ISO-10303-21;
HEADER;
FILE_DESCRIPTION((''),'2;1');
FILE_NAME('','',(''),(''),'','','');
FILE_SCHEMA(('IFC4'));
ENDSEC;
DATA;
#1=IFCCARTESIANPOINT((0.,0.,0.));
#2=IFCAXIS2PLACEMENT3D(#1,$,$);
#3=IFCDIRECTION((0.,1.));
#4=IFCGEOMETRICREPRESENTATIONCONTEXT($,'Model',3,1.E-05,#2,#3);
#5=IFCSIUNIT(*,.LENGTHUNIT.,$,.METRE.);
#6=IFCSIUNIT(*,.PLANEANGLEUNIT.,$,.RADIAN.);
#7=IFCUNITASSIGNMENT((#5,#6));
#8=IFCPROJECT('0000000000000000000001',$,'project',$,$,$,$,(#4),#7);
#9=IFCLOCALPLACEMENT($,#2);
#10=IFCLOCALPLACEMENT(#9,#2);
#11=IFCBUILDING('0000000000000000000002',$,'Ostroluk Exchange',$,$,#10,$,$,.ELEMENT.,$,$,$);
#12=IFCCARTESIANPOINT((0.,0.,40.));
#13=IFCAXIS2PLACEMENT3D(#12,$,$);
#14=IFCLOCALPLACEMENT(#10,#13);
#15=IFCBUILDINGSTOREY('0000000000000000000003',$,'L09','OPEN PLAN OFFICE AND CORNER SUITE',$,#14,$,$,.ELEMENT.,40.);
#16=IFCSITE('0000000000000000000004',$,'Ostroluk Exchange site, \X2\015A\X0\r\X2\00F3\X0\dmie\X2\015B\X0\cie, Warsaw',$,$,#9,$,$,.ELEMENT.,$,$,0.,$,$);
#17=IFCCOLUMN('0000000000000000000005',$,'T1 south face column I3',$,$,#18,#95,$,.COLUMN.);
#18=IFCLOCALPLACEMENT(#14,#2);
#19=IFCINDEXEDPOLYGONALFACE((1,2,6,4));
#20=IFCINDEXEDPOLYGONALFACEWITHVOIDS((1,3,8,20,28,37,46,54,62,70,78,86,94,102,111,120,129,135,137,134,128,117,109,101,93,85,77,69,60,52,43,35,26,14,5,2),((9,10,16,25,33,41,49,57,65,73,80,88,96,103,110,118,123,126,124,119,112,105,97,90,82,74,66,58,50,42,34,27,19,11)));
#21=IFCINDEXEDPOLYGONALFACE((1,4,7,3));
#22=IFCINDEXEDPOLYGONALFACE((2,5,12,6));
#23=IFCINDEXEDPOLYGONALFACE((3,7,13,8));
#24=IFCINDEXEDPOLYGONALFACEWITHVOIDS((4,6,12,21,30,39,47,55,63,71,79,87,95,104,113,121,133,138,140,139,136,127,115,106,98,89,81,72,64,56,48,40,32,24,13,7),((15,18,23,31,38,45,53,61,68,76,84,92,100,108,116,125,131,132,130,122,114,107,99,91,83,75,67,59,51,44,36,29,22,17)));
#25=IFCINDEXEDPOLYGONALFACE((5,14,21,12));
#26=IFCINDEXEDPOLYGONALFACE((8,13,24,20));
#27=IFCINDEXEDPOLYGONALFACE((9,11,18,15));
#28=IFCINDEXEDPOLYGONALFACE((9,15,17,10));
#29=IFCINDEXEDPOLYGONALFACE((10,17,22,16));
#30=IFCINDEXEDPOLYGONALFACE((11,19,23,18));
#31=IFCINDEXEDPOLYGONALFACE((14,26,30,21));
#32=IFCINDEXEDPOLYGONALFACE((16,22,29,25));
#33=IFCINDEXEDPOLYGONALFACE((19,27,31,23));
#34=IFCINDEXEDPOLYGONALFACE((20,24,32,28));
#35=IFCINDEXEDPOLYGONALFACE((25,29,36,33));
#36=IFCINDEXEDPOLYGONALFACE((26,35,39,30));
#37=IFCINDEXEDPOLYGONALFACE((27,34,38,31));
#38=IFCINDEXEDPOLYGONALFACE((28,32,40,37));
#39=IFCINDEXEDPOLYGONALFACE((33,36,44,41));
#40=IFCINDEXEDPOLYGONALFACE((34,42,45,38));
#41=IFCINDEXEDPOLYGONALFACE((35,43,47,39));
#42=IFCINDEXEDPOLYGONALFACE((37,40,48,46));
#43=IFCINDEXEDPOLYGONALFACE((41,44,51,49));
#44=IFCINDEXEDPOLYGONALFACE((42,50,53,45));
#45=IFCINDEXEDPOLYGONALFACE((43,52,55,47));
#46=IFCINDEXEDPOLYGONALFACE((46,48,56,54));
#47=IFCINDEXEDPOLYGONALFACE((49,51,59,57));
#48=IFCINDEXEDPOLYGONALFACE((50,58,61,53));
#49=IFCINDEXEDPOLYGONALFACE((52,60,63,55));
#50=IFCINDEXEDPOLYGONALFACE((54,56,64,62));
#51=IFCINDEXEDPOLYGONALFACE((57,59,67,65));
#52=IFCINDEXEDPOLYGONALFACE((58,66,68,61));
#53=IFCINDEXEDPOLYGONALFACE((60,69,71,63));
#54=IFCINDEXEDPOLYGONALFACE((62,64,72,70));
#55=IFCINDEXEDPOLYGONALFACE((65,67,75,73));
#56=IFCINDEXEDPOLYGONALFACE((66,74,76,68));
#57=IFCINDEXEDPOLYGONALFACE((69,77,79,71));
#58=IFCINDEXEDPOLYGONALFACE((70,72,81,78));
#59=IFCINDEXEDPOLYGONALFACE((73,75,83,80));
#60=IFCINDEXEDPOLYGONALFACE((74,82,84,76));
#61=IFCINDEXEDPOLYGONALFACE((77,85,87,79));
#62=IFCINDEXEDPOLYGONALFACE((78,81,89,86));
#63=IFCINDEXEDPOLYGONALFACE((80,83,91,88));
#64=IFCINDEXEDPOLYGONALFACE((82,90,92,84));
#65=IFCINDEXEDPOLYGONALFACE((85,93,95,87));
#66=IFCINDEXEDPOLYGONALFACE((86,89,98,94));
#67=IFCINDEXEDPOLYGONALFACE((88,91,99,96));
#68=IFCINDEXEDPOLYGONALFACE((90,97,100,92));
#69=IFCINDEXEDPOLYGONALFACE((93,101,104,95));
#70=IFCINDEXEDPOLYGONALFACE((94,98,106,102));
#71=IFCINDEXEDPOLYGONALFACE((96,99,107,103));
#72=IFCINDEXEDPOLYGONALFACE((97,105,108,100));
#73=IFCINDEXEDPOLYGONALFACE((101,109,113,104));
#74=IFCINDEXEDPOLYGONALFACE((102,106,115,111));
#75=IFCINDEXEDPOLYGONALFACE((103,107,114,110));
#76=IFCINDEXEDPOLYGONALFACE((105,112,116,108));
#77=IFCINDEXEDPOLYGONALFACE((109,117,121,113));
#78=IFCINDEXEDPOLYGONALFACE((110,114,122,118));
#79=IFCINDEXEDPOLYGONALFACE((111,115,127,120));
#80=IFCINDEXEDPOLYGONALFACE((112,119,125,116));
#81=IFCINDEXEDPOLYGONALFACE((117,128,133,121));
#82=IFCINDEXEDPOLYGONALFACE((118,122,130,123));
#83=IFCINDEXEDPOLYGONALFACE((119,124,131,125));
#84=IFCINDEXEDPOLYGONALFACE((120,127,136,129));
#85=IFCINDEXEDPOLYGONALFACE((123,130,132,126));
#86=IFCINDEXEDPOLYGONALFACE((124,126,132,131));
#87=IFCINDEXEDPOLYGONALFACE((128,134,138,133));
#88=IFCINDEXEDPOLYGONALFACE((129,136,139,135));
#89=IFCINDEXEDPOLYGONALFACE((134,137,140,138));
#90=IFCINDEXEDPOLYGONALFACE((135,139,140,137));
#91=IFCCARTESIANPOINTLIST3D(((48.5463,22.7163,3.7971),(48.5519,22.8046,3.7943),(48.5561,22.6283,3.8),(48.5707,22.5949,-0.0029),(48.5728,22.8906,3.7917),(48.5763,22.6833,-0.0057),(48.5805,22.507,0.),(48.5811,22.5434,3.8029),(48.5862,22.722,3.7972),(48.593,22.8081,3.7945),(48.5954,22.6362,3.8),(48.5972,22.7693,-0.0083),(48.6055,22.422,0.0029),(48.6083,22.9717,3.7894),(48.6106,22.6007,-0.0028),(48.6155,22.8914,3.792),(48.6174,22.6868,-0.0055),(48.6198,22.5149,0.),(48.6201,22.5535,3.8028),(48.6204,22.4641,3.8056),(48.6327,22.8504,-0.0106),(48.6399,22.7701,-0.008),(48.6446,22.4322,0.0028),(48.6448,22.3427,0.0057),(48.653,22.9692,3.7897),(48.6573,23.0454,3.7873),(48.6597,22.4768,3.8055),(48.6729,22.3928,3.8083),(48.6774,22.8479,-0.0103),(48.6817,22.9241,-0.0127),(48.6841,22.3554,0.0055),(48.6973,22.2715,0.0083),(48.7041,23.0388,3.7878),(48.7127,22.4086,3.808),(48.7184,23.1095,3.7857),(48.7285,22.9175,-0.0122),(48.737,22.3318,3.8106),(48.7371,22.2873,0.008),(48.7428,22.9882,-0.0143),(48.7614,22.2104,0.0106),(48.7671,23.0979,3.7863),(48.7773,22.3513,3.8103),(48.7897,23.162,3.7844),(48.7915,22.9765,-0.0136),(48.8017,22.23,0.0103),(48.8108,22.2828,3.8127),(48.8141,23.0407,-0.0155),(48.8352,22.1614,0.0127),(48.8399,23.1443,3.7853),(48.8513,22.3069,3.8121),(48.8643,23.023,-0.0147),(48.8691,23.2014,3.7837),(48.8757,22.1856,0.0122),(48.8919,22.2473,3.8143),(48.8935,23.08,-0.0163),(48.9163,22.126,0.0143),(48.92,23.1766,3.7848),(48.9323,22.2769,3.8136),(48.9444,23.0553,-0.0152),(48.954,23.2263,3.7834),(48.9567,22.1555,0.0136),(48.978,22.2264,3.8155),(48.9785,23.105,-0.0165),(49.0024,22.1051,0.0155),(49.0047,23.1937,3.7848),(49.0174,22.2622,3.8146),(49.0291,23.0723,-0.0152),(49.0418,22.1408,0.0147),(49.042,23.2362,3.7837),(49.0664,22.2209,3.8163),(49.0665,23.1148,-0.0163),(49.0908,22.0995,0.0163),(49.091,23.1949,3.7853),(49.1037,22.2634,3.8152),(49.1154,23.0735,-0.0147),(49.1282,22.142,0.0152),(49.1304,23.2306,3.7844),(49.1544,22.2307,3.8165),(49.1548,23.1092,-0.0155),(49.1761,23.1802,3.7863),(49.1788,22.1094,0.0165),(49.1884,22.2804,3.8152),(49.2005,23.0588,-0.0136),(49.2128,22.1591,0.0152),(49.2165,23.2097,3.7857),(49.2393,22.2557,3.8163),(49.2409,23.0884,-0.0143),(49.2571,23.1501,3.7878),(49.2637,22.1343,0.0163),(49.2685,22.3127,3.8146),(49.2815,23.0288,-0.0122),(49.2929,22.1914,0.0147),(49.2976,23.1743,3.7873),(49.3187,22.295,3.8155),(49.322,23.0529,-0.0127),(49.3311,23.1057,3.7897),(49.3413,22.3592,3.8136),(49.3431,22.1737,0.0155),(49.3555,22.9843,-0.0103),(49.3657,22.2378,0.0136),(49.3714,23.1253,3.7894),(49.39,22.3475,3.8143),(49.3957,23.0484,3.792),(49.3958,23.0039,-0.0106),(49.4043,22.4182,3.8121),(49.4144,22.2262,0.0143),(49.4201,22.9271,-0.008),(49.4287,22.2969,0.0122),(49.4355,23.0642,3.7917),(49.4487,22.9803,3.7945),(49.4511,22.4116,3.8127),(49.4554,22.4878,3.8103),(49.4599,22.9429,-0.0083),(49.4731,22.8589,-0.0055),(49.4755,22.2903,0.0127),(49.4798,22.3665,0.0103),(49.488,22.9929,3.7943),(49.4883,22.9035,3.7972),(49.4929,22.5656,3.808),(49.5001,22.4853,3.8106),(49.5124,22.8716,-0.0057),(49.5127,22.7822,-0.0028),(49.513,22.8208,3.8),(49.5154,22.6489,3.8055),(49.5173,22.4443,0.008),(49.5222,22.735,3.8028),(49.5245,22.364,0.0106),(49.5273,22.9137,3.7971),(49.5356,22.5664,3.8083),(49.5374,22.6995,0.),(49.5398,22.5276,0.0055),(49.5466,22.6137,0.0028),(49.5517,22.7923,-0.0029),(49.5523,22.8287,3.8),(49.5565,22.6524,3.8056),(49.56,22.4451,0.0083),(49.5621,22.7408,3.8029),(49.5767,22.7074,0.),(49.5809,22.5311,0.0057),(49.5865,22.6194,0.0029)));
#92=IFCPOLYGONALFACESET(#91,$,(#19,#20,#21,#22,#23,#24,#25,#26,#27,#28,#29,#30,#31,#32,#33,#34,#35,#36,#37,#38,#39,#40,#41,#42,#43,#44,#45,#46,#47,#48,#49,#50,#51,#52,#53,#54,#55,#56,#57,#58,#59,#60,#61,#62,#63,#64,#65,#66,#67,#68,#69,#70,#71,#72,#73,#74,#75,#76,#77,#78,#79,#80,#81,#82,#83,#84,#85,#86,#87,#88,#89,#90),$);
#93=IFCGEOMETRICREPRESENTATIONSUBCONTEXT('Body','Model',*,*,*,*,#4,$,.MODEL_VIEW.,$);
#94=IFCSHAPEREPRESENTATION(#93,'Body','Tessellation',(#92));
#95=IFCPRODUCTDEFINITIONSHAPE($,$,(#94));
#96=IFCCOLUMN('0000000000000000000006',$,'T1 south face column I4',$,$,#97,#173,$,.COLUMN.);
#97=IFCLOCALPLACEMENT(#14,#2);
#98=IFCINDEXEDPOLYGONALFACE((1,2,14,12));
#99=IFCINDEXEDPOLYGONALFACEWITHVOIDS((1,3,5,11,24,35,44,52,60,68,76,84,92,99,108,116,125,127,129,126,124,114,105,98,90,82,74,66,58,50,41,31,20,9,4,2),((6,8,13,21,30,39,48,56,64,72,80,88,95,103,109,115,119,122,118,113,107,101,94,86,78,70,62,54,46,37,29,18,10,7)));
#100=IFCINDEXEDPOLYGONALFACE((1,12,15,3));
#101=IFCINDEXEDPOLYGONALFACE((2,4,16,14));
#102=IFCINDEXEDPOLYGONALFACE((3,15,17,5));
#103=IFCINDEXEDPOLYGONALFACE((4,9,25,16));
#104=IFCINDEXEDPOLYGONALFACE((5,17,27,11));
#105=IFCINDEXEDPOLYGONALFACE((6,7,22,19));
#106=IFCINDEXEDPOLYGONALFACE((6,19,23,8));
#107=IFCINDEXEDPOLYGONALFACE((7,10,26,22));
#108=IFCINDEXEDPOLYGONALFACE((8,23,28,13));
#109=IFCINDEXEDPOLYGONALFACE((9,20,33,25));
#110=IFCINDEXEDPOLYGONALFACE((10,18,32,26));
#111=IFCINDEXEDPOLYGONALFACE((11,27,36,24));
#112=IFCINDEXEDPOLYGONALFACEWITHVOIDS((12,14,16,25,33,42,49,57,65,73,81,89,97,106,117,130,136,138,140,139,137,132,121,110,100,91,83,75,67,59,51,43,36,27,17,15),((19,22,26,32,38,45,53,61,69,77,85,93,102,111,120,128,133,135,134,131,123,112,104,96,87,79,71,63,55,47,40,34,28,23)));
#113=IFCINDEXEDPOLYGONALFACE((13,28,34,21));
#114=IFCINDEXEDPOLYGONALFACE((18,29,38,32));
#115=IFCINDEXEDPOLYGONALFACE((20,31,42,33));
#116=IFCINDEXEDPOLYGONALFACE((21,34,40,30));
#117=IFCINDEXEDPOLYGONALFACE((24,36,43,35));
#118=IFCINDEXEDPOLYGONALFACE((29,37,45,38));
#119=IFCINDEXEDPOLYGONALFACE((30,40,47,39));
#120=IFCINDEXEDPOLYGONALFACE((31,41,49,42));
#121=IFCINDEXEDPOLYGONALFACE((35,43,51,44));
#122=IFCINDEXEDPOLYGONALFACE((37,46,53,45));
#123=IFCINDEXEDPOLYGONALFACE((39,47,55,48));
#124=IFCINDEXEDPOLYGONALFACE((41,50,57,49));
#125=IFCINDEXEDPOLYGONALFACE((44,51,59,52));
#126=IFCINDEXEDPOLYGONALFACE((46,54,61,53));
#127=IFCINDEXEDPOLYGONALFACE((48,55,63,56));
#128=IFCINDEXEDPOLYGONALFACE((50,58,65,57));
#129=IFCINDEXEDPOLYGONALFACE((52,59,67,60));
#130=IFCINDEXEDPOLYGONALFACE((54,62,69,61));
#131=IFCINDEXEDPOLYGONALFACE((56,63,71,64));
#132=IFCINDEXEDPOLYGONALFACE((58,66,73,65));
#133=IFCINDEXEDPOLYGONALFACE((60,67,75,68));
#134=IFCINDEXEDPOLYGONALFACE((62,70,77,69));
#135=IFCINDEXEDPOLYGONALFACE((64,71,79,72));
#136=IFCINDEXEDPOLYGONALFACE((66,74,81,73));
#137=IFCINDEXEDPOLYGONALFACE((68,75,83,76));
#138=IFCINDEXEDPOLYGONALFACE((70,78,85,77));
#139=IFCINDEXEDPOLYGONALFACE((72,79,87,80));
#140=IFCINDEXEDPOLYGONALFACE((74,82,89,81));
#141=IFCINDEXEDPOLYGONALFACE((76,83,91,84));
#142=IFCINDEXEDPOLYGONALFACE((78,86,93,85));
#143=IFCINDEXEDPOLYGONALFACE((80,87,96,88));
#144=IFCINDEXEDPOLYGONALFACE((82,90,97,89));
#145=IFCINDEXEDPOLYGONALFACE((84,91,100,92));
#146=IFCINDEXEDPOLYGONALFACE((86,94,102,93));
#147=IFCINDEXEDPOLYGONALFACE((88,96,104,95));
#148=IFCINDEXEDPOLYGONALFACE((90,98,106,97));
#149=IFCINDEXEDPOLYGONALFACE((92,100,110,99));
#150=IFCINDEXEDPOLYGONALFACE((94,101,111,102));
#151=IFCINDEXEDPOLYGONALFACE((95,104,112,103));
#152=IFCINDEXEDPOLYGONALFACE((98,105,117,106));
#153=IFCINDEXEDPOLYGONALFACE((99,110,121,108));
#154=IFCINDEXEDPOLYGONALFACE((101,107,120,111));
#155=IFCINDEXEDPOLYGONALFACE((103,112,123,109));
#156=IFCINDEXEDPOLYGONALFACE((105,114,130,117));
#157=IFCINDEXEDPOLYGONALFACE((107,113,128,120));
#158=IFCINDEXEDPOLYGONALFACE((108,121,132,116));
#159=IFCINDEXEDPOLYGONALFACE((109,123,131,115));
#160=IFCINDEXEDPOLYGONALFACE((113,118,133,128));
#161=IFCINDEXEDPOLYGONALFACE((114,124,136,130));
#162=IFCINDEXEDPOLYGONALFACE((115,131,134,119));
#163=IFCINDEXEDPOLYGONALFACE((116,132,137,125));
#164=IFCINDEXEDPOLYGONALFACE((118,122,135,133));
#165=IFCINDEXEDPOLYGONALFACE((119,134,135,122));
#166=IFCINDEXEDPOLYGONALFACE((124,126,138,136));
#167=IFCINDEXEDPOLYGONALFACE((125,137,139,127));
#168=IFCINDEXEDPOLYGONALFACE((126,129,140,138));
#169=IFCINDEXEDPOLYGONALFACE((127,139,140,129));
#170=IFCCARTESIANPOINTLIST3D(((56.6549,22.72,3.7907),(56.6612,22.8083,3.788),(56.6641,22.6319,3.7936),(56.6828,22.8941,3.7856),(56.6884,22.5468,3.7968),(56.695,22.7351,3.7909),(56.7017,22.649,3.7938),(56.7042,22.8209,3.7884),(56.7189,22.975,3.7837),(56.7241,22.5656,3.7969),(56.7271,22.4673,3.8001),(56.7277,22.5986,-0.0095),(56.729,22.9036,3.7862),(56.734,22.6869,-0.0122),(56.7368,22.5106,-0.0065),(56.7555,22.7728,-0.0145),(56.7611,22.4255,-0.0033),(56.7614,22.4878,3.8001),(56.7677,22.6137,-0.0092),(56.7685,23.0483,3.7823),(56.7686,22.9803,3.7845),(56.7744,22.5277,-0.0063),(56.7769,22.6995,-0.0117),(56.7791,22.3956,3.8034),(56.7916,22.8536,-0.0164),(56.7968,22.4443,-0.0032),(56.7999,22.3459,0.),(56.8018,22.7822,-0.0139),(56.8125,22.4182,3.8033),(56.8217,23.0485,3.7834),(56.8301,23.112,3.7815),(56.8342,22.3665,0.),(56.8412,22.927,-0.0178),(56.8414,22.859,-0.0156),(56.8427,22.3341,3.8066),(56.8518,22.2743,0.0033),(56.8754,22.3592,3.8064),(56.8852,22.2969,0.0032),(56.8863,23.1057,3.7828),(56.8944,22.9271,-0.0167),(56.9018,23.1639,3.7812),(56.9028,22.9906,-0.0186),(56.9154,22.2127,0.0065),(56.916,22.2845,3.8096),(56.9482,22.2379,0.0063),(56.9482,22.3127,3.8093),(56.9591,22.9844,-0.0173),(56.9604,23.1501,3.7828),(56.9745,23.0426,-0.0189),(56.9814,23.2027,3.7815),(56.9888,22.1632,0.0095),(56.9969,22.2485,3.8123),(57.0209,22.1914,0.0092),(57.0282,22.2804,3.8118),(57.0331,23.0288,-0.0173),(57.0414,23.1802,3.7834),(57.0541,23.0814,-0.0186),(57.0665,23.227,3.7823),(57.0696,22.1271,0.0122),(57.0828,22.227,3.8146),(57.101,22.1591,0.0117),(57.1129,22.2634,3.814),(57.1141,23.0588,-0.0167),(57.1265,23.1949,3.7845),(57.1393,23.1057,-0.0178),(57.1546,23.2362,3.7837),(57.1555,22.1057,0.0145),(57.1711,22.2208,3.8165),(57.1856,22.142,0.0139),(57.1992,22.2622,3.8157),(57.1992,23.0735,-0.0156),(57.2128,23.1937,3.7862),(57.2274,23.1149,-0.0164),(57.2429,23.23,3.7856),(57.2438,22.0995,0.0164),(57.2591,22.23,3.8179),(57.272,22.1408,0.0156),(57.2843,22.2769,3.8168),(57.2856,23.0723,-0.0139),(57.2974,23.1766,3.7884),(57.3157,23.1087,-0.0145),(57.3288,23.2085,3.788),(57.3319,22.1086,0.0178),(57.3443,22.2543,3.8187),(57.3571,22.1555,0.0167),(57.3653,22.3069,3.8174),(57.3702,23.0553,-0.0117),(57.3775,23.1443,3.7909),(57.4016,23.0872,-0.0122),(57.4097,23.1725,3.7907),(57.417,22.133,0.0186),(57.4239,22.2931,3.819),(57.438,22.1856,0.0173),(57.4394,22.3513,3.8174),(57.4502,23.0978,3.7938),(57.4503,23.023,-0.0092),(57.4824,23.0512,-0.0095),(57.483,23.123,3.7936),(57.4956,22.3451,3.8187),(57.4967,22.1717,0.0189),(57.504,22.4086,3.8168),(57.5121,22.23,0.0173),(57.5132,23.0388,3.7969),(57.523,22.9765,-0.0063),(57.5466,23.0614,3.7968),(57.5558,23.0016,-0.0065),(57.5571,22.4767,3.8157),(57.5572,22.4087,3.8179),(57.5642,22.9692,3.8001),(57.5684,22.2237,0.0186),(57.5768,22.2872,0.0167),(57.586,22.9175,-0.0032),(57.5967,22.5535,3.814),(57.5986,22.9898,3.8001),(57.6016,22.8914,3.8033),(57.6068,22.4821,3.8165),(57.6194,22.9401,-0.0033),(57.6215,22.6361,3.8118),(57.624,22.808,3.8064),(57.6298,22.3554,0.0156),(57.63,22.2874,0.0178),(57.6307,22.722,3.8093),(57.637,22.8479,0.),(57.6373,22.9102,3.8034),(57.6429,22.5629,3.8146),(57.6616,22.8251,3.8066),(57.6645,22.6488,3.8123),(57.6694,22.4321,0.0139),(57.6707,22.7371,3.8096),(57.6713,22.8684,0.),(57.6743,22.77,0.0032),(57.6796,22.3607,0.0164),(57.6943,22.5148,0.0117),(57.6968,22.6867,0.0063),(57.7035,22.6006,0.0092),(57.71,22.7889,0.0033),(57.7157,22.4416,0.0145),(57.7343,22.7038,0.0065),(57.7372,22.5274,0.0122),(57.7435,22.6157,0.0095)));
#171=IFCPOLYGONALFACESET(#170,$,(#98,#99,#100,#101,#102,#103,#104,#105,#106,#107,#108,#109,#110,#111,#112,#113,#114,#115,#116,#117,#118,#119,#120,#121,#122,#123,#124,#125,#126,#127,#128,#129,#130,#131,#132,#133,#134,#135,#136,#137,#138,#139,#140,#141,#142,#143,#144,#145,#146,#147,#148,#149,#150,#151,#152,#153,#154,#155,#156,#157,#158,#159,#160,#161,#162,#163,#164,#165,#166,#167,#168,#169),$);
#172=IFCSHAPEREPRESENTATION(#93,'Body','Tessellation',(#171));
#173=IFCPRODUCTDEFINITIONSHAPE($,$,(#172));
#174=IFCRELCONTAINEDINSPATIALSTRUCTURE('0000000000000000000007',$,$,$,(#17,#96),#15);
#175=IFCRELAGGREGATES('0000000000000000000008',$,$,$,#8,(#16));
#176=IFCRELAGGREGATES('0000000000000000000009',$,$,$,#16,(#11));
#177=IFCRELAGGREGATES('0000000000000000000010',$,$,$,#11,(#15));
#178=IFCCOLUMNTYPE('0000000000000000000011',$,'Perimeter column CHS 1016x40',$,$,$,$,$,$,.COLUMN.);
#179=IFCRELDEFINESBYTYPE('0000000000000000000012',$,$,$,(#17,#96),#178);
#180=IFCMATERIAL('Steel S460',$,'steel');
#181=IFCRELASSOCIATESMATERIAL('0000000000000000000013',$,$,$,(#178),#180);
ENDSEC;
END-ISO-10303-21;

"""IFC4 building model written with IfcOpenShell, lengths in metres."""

from ifc_helpers import new_model, si_unit, direction, frame, origin, origin_2d, place, context, subcontext, project, spatial, hollow_circle, extrude, material, material_profile, profile_set, type_object, element, save


model = new_model("IFC4")

# Units and contexts
model_context = context("Model", 3, precision=1e-05, world=origin(), true_north=direction((0.0, 1.0)))
body_context = subcontext(model_context, "Body", "Model", "MODEL_VIEW")
ifc_project = project(units=[si_unit("LENGTHUNIT", "METRE"), si_unit("PLANEANGLEUNIT", "RADIAN")], contexts=[model_context])

# Site, building, storey
site_placement = place(None, origin())
site = spatial("IfcSite", under=ifc_project, at=site_placement, Name="Ostroluk Exchange site, Śródmieście, Warsaw", CompositionType="ELEMENT", RefElevation=0.0)
building_placement = place(site_placement, origin())
building = spatial("IfcBuilding", under=site, at=building_placement, Name="Ostroluk Exchange", CompositionType="ELEMENT")
storey_placement = place(building_placement, frame((0.0, 0.0, 40.0)))
storey = spatial("IfcBuildingStorey", under=building, at=storey_placement, Name="L09", Description="OPEN PLAN OFFICE AND CORNER SUITE", CompositionType="ELEMENT", Elevation=40.0)

# Columns
ifc_material_1 = material(Name="Steel S460", Category="steel")
ifc_material_profile_1 = material_profile(ifc_material_1, hollow_circle(Radius=0.5081, WallThickness=0.04, at=origin_2d()), Name="CHS 1016x40")
ifc_profile_set_1 = profile_set([ifc_material_profile_1], Name="Steel S460")
column_type = type_object("IfcColumnType", Name="Perimeter column CHS 1016x40", PredefinedType="COLUMN", material=ifc_profile_set_1)
column_1_placement = place(storey_placement, frame((49.0786, 22.6072, 0.0), z_axis=(-0.006421, 0.031914, 0.99947), x_axis=(-0.980352, -0.197254, 0.0)))
element("IfcColumn", 1, at=column_1_placement, inside=storey, type_object=column_type, Name="T1 south face column I3", PredefinedType="COLUMN", context=body_context, shape_type="SweptSolid", body=[
    extrude(hollow_circle(Radius=0.5081, WallThickness=0.04, at=origin_2d()), origin(), (0.0, 0.0, 1.0), 3.802),
])
column_2_placement = place(storey_placement, frame((57.2356, 22.6072, 0.0), z_axis=(-0.019132, 0.031909, 0.999308), x_axis=(-0.857645, -0.514242, 0.0)))
element("IfcColumn", 2, at=column_2_placement, inside=storey, type_object=column_type, Name="T1 south face column I4", PredefinedType="COLUMN", context=body_context, shape_type="SweptSolid", body=[
    extrude(hollow_circle(Radius=0.5081, WallThickness=0.04, at=origin_2d()), origin(), (0.0, 0.0, 1.0), 3.8027),
])

save(model, "model.ifc")
